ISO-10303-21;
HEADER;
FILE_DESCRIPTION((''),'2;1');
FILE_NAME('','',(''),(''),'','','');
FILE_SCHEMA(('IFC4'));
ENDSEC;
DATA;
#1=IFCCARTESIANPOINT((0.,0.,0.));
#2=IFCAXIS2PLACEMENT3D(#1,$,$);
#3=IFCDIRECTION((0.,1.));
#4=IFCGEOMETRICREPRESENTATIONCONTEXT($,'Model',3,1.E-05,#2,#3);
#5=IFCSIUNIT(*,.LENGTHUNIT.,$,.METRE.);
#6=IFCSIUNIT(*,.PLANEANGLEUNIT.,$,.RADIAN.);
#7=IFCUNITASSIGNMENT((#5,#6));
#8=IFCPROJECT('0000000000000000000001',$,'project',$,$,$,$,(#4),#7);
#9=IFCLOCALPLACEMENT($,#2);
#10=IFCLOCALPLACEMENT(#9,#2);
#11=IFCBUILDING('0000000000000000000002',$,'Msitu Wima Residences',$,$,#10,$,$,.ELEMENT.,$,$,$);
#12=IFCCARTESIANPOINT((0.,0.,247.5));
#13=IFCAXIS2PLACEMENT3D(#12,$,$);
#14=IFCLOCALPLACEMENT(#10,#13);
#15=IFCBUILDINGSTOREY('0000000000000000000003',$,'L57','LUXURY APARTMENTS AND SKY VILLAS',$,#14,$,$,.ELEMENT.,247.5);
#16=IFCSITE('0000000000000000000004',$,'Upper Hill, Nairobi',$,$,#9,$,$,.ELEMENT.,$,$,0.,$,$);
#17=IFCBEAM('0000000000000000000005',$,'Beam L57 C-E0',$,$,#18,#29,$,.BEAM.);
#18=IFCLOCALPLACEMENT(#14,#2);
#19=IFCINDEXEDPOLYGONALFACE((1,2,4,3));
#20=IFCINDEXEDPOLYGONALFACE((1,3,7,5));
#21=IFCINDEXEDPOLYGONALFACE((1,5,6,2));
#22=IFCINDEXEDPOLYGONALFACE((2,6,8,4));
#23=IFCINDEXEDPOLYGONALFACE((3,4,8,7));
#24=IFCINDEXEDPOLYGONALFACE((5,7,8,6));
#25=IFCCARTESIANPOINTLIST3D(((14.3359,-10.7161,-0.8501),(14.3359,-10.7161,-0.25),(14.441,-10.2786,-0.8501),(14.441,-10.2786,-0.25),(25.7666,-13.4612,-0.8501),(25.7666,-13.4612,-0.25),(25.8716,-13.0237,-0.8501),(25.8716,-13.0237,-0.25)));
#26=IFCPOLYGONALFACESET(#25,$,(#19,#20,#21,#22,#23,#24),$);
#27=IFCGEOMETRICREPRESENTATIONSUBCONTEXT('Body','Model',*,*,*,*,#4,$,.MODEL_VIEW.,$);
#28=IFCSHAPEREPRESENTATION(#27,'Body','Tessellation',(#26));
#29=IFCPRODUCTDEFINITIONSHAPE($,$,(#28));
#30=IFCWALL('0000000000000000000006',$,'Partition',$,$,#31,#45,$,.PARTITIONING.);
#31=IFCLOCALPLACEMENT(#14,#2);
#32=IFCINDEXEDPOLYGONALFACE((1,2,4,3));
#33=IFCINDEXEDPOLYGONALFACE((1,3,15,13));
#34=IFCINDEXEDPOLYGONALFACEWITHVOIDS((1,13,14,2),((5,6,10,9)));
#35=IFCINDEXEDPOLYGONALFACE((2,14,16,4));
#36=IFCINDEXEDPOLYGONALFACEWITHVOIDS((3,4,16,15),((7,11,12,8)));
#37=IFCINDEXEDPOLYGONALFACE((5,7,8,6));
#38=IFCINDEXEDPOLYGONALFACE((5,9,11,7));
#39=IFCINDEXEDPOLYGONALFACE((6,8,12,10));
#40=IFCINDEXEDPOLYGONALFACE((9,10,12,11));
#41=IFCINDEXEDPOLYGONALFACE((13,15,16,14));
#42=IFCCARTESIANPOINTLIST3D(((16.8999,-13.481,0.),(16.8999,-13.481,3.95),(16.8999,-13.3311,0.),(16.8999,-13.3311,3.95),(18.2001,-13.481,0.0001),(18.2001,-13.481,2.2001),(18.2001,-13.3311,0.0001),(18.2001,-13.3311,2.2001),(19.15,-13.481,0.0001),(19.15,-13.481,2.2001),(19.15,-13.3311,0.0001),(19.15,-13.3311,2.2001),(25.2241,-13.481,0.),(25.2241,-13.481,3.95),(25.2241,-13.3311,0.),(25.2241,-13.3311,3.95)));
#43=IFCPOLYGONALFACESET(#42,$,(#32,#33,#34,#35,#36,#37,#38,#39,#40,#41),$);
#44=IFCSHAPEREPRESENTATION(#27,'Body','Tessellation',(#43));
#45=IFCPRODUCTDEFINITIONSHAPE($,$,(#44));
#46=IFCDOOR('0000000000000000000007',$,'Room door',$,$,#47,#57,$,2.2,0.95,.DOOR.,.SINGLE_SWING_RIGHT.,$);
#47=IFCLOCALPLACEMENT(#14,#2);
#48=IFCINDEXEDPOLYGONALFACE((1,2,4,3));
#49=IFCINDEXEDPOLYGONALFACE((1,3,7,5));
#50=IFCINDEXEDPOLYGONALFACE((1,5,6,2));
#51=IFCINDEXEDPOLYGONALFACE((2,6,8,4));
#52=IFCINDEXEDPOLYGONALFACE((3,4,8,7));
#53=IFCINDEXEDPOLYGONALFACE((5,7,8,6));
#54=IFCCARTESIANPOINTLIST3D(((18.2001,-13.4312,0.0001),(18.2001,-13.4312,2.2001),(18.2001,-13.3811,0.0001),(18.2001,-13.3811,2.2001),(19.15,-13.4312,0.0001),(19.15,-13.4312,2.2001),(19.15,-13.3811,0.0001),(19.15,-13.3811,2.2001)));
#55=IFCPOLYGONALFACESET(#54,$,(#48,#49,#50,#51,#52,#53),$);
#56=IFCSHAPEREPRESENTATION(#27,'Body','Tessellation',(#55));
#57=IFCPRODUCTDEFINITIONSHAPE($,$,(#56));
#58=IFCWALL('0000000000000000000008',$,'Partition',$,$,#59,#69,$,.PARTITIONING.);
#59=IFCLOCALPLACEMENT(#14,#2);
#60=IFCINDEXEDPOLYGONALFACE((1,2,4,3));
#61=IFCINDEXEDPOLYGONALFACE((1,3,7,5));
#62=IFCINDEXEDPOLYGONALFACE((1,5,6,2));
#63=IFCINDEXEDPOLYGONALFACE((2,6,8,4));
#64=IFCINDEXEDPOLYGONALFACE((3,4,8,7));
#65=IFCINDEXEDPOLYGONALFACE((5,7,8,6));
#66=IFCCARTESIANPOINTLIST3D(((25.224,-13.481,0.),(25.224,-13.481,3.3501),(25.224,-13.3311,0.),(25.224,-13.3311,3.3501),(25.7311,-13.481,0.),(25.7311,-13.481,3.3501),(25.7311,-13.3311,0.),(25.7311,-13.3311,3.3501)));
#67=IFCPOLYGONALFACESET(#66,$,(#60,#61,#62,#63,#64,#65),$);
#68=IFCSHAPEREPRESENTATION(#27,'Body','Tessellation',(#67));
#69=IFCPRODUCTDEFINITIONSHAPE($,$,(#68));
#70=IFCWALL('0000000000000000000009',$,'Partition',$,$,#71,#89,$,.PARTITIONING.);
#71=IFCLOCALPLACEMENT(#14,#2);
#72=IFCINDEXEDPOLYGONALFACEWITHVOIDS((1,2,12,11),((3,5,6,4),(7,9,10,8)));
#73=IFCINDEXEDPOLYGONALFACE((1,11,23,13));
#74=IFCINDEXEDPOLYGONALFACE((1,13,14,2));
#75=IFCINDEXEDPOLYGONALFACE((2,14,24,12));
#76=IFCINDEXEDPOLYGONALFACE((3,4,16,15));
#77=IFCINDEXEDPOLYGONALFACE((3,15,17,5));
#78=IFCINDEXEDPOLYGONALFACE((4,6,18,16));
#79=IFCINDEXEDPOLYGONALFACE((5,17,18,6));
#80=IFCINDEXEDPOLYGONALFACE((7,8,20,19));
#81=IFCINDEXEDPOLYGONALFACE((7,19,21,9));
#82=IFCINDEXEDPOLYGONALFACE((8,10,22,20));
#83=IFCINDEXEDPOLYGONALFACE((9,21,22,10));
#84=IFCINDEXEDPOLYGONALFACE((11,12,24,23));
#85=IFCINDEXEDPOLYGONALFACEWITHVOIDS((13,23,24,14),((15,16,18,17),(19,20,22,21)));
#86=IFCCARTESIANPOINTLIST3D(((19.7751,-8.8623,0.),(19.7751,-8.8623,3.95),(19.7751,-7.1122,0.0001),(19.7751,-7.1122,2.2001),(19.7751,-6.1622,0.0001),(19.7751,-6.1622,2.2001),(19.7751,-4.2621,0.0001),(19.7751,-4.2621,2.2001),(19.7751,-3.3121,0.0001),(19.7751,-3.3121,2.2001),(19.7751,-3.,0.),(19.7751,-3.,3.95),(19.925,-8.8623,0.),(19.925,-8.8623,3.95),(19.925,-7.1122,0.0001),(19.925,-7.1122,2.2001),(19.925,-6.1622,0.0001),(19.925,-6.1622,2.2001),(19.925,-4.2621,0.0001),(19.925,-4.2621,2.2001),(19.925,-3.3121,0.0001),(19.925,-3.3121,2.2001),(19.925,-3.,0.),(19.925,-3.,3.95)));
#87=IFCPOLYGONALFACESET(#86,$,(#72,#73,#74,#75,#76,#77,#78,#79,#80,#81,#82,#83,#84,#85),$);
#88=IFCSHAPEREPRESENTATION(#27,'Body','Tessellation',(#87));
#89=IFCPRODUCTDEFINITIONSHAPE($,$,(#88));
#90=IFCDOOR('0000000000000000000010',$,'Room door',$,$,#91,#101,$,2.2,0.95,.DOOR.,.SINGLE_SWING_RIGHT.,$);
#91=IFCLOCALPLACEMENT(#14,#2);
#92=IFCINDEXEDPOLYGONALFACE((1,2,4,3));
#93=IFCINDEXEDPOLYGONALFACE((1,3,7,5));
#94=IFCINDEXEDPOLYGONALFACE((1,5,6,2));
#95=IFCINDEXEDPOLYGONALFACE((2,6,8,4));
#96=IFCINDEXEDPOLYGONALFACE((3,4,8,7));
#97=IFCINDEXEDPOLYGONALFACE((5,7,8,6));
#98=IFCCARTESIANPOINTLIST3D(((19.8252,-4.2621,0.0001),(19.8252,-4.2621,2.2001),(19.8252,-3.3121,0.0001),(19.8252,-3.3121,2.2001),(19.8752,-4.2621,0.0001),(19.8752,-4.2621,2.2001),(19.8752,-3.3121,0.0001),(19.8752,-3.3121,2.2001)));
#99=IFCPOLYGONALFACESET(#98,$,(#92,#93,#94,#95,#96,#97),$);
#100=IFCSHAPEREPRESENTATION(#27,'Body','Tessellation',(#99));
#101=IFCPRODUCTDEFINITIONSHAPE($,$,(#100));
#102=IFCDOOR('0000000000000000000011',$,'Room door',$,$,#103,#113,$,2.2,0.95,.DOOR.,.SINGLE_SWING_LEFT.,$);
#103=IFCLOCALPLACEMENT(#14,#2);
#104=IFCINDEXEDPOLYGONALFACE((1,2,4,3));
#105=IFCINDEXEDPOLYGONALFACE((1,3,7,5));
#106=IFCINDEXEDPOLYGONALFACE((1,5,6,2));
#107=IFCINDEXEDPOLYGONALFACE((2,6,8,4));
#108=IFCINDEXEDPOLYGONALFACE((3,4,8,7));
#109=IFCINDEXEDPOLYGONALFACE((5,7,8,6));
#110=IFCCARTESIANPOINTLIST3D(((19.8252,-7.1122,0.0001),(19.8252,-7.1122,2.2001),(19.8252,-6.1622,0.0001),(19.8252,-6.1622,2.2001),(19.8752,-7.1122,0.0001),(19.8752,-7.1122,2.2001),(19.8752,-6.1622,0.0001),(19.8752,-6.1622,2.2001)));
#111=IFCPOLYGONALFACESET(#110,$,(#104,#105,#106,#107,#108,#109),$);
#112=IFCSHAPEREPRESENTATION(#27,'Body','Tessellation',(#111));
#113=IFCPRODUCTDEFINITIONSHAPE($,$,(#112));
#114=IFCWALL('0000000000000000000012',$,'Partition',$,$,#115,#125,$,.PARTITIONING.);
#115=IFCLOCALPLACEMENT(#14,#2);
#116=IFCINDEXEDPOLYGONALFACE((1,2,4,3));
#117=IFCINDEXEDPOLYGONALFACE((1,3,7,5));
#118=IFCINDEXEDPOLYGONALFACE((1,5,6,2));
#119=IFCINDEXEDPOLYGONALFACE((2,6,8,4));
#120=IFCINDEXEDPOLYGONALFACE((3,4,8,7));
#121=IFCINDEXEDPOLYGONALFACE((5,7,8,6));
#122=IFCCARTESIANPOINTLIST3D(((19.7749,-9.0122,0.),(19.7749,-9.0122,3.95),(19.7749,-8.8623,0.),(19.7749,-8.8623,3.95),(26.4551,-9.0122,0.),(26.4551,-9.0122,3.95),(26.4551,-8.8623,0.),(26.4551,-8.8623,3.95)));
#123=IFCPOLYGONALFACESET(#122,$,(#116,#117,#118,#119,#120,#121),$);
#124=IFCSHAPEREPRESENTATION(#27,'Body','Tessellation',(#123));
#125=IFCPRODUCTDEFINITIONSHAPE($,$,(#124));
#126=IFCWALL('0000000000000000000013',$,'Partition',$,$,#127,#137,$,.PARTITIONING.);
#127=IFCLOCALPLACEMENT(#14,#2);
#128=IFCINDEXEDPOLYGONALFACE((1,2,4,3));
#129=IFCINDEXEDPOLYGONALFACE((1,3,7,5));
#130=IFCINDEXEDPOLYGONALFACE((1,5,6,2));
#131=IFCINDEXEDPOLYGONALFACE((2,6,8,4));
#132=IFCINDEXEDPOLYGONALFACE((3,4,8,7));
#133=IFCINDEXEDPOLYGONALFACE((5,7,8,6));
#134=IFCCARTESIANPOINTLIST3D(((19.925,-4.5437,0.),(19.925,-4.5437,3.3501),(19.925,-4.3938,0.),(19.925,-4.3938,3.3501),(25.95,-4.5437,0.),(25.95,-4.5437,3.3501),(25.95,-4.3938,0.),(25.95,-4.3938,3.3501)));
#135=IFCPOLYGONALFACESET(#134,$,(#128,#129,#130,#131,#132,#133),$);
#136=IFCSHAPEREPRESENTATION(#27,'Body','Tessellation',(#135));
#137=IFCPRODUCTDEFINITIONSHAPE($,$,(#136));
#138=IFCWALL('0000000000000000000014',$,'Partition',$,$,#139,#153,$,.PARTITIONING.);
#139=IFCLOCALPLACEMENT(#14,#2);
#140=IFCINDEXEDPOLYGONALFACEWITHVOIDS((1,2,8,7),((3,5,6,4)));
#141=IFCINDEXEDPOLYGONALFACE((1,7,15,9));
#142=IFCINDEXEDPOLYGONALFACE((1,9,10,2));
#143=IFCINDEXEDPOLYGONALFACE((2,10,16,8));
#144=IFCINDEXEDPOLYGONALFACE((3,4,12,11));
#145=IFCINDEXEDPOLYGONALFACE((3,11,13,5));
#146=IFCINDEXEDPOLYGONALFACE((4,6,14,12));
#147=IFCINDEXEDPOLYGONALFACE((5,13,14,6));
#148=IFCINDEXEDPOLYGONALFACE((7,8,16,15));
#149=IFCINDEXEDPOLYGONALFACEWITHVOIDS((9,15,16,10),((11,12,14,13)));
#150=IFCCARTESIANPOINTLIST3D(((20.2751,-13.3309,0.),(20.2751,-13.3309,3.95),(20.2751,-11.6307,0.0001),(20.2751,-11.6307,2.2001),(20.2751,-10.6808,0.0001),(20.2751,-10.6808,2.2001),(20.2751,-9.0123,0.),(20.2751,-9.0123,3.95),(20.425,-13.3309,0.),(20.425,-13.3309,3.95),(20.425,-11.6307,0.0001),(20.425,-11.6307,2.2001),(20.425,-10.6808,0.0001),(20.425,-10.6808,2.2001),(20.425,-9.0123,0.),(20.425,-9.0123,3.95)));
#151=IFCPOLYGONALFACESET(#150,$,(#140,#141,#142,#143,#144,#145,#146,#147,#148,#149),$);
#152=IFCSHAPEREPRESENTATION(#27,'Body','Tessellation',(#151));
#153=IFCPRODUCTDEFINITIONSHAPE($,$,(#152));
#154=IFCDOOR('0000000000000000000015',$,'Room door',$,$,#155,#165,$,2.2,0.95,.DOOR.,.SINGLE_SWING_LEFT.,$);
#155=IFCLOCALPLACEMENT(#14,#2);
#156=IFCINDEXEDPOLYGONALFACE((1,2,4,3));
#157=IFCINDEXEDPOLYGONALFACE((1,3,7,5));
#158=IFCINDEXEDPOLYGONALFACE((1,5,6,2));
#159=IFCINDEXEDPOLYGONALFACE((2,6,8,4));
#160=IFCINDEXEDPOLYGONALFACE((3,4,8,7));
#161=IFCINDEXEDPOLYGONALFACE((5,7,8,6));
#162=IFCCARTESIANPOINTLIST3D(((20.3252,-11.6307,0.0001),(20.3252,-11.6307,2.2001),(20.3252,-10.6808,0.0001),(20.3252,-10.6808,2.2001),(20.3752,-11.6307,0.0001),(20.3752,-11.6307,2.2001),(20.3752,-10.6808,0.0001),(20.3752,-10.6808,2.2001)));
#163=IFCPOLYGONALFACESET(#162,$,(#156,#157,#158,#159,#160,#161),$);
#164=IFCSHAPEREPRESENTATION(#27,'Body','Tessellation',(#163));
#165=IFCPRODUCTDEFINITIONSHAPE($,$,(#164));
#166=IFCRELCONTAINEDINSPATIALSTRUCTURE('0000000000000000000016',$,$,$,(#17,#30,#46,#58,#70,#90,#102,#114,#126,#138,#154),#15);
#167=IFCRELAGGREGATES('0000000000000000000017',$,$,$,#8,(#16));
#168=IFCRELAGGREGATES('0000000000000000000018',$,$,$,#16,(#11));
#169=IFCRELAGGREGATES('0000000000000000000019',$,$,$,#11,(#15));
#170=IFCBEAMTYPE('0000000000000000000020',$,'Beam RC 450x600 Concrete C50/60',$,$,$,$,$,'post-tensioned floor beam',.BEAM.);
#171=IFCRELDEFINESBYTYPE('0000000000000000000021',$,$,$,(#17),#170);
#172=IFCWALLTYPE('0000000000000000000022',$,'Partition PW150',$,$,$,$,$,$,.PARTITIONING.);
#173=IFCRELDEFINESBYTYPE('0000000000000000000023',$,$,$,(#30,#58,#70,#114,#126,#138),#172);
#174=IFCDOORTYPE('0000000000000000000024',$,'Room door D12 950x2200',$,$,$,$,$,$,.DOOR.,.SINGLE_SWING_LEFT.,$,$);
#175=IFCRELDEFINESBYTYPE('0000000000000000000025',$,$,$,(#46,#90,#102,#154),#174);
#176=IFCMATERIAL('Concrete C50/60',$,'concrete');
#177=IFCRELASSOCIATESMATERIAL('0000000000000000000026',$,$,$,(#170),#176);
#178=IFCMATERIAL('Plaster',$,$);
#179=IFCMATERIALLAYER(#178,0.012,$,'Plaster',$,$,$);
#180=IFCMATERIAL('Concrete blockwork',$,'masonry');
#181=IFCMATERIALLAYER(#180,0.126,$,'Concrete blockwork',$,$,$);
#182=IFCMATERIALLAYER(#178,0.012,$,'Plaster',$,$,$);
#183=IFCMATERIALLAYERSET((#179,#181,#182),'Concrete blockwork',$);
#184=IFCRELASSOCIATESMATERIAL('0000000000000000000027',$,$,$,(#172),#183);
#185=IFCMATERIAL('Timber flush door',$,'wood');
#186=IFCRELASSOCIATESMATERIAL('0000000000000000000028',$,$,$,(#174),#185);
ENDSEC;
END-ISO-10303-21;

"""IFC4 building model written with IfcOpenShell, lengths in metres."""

from ifc_helpers import new_model, si_unit, direction, frame, frame_2d, origin, origin_2d, place, context, subcontext, project, spatial, rectangle, extrude, material, layer, layer_set, material_profile, profile_set, type_object, element, fill, save


model = new_model("IFC4")

# Units and contexts
model_context = context("Model", 3, precision=1e-05, world=origin(), true_north=direction((0.0, 1.0)))
body_context = subcontext(model_context, "Body", "Model", "MODEL_VIEW")
ifc_project = project(units=[si_unit("LENGTHUNIT", "METRE"), si_unit("PLANEANGLEUNIT", "RADIAN")], contexts=[model_context])

# Site, building, storey
site_placement = place(None, origin())
site = spatial("IfcSite", under=ifc_project, at=site_placement, Name="Upper Hill, Nairobi", CompositionType="ELEMENT", RefElevation=0.0)
building_placement = place(site_placement, origin())
building = spatial("IfcBuilding", under=site, at=building_placement, Name="Msitu Wima Residences", CompositionType="ELEMENT")
storey_placement = place(building_placement, frame((0.0, 0.0, 247.5)))
storey = spatial("IfcBuildingStorey", under=building, at=storey_placement, Name="L57", Description="LUXURY APARTMENTS AND SKY VILLAS", CompositionType="ELEMENT", Elevation=247.5)

# Beam
ifc_material_1 = material(Name="Concrete C50/60", Category="concrete")
ifc_material_profile = material_profile(ifc_material_1, rectangle(XDim=0.45, YDim=0.6001, at=origin_2d()), Name="RC 450x600")
ifc_profile_set = profile_set([ifc_material_profile], Name="Concrete C50/60")
beam_type = type_object("IfcBeamType", Name="Beam RC 450x600 Concrete C50/60", ElementType="post-tensioned floor beam", PredefinedType="BEAM", material=ifc_profile_set)
beam_placement = place(storey_placement, frame((25.8191, -13.2424, -0.55), z_axis=(-0.972353, 0.233514, 0.0), x_axis=(-0.233514, -0.972353, 0.0)))
element("IfcBeam", 1, at=beam_placement, inside=storey, type_object=beam_type, Name="Beam L57 C-E0", PredefinedType="BEAM", context=body_context, shape_type="SweptSolid", body=[
    extrude(rectangle(XDim=0.45, YDim=0.6001, at=origin_2d()), origin(), (0.0, 0.0, 1.0), 11.7556),
])

# Wall, opening, door
ifc_material_2 = material(Name="Plaster")
ifc_layer_1 = layer(ifc_material_2, 0.012, Name="Plaster")
ifc_material_3 = material(Name="Concrete blockwork", Category="masonry")
ifc_layer_2 = layer(ifc_material_3, 0.126, Name="Concrete blockwork")
ifc_layer_3 = layer(ifc_material_2, 0.012, Name="Plaster")
ifc_layer_set_1 = layer_set([ifc_layer_1, ifc_layer_2, ifc_layer_3], Name="Concrete blockwork")
wall_type_1 = type_object("IfcWallType", Name="Partition PW150", PredefinedType="PARTITIONING", material=ifc_layer_set_1)
wall_1_placement = place(storey_placement, frame((16.8999, -13.406, 0.0), z_axis=(0.0, 0.0, 1.0), x_axis=(1.0, 0.0, 0.0)))
wall_1 = element("IfcWall", 2, at=wall_1_placement, inside=storey, type_object=wall_type_1, Name="Partition", PredefinedType="PARTITIONING", context=body_context, shape_type="SweptSolid", body=[
    extrude(rectangle(XDim=8.3242, YDim=0.1499, at=frame_2d((4.1621, 0.0))), origin(), (0.0, 0.0, 1.0), 3.95),
])
opening_1_placement = place(wall_1_placement, frame((1.3, 0.0, 0.0)))
opening_1 = element("IfcOpeningElement", 3, at=opening_1_placement, cuts=wall_1, PredefinedType="OPENING", context=body_context, shape_type="SweptSolid", body=[
    extrude(rectangle(XDim=0.95, YDim=2.2, at=frame_2d((0.4751, 1.1001))), frame((0.0, 0.085, 0.0), z_axis=(0.0, -1.0, 0.0), x_axis=(1.0, 0.0, 0.0)), (0.0, 0.0, 1.0), 0.1699),
])
ifc_material_4 = material(Name="Timber flush door", Category="wood")
door_type_1 = type_object("IfcDoorType", Name="Room door D12 950x2200", OperationType="SINGLE_SWING_LEFT", PredefinedType="DOOR", material=ifc_material_4)
door_1_placement = place(opening_1_placement, origin())
door_1 = element("IfcDoor", 4, at=door_1_placement, inside=storey, type_object=door_type_1, Name="Room door", OperationType="SINGLE_SWING_RIGHT", OverallHeight=2.2, OverallWidth=0.95, PredefinedType="DOOR", context=body_context, shape_type="SweptSolid", body=[
    extrude(rectangle(XDim=0.95, YDim=2.2, at=frame_2d((0.4751, 1.1001))), frame((0.0, 0.0249, 0.0), z_axis=(0.0, -1.0, 0.0), x_axis=(1.0, 0.0, 0.0)), (0.0, 0.0, 1.0), 0.05),
])
fill(opening_1, door_1)

# Wall
wall_2_placement = place(storey_placement, frame((25.2241, -13.406, 0.0), z_axis=(0.0, 0.0, 1.0), x_axis=(1.0, 0.0, 0.0)))
element("IfcWall", 5, at=wall_2_placement, inside=storey, type_object=wall_type_1, Name="Partition", PredefinedType="PARTITIONING", context=body_context, shape_type="SweptSolid", body=[
    extrude(rectangle(XDim=0.5071, YDim=0.1499, at=frame_2d((0.2534, 0.0))), origin(), (0.0, 0.0, 1.0), 3.3501),
])

# Wall, openings, doors
wall_3_placement = place(storey_placement, frame((19.8501, -8.8623, 0.0), z_axis=(0.0, 0.0, 1.0), x_axis=(0.0, 1.0, 0.0)))
wall_3 = element("IfcWall", 6, at=wall_3_placement, inside=storey, type_object=wall_type_1, Name="Partition", PredefinedType="PARTITIONING", context=body_context, shape_type="SweptSolid", body=[
    extrude(rectangle(XDim=5.8623, YDim=0.1499, at=frame_2d((2.9312, 0.0))), origin(), (0.0, 0.0, 1.0), 3.95),
])
opening_2_placement = place(wall_3_placement, frame((4.6001, 0.0, 0.0)))
opening_2 = element("IfcOpeningElement", 7, at=opening_2_placement, cuts=wall_3, PredefinedType="OPENING", context=body_context, shape_type="SweptSolid", body=[
    extrude(rectangle(XDim=0.95, YDim=2.2, at=frame_2d((0.4751, 1.1001))), frame((0.0, 0.085, 0.0), z_axis=(0.0, -1.0, 0.0), x_axis=(1.0, 0.0, 0.0)), (0.0, 0.0, 1.0), 0.1699),
])
opening_3_placement = place(wall_3_placement, frame((1.75, 0.0, 0.0)))
opening_3 = element("IfcOpeningElement", 8, at=opening_3_placement, cuts=wall_3, PredefinedType="OPENING", context=body_context, shape_type="SweptSolid", body=[
    extrude(rectangle(XDim=0.95, YDim=2.2, at=frame_2d((0.4751, 1.1001))), frame((0.0, 0.085, 0.0), z_axis=(0.0, -1.0, 0.0), x_axis=(1.0, 0.0, 0.0)), (0.0, 0.0, 1.0), 0.1699),
])
door_2_placement = place(opening_2_placement, origin())
door_2 = element("IfcDoor", 9, at=door_2_placement, inside=storey, type_object=door_type_1, Name="Room door", OperationType="SINGLE_SWING_RIGHT", OverallHeight=2.2, OverallWidth=0.95, PredefinedType="DOOR", context=body_context, shape_type="SweptSolid", body=[
    extrude(rectangle(XDim=0.95, YDim=2.2, at=frame_2d((0.4751, 1.1001))), frame((0.0, 0.0249, 0.0), z_axis=(0.0, -1.0, 0.0), x_axis=(1.0, 0.0, 0.0)), (0.0, 0.0, 1.0), 0.05),
])
fill(opening_2, door_2)
door_3_placement = place(opening_3_placement, origin())
door_3 = element("IfcDoor", 10, at=door_3_placement, inside=storey, type_object=door_type_1, Name="Room door", OperationType="SINGLE_SWING_LEFT", OverallHeight=2.2, OverallWidth=0.95, PredefinedType="DOOR", context=body_context, shape_type="SweptSolid", body=[
    extrude(rectangle(XDim=0.95, YDim=2.2, at=frame_2d((0.4751, 1.1001))), frame((0.0, 0.0249, 0.0), z_axis=(0.0, -1.0, 0.0), x_axis=(1.0, 0.0, 0.0)), (0.0, 0.0, 1.0), 0.05),
])
fill(opening_3, door_3)

# Walls
wall_4_placement = place(storey_placement, frame((19.7749, -8.9373, 0.0), z_axis=(0.0, 0.0, 1.0), x_axis=(1.0, 0.0, 0.0)))
element("IfcWall", 11, at=wall_4_placement, inside=storey, type_object=wall_type_1, Name="Partition", PredefinedType="PARTITIONING", context=body_context, shape_type="SweptSolid", body=[
    extrude(rectangle(XDim=6.6802, YDim=0.1499, at=frame_2d((3.3401, 0.0))), origin(), (0.0, 0.0, 1.0), 3.95),
])
wall_5_placement = place(storey_placement, frame((19.925, -4.4688, 0.0), z_axis=(0.0, 0.0, 1.0), x_axis=(1.0, 0.0, 0.0)))
element("IfcWall", 12, at=wall_5_placement, inside=storey, type_object=wall_type_1, Name="Partition", PredefinedType="PARTITIONING", context=body_context, shape_type="SweptSolid", body=[
    extrude(rectangle(XDim=6.0249, YDim=0.1499, at=frame_2d((3.0125, 0.0))), origin(), (0.0, 0.0, 1.0), 3.3501),
])

# Wall, opening, door
wall_6_placement = place(storey_placement, frame((20.3501, -13.3308, 0.0), z_axis=(0.0, 0.0, 1.0), x_axis=(0.0, 1.0, 0.0)))
wall_6 = element("IfcWall", 13, at=wall_6_placement, inside=storey, type_object=wall_type_1, Name="Partition", PredefinedType="PARTITIONING", context=body_context, shape_type="SweptSolid", body=[
    extrude(rectangle(XDim=4.3186, YDim=0.1499, at=frame_2d((2.1592, 0.0))), origin(), (0.0, 0.0, 1.0), 3.95),
])
opening_4_placement = place(wall_6_placement, frame((1.7, 0.0, 0.0)))
opening_4 = element("IfcOpeningElement", 14, at=opening_4_placement, cuts=wall_6, PredefinedType="OPENING", context=body_context, shape_type="SweptSolid", body=[
    extrude(rectangle(XDim=0.95, YDim=2.2, at=frame_2d((0.4751, 1.1001))), frame((0.0, 0.085, 0.0), z_axis=(0.0, -1.0, 0.0), x_axis=(1.0, 0.0, 0.0)), (0.0, 0.0, 1.0), 0.1699),
])
door_4_placement = place(opening_4_placement, origin())
door_4 = element("IfcDoor", 15, at=door_4_placement, inside=storey, type_object=door_type_1, Name="Room door", OperationType="SINGLE_SWING_LEFT", OverallHeight=2.2, OverallWidth=0.95, PredefinedType="DOOR", context=body_context, shape_type="SweptSolid", body=[
    extrude(rectangle(XDim=0.95, YDim=2.2, at=frame_2d((0.4751, 1.1001))), frame((0.0, 0.0249, 0.0), z_axis=(0.0, -1.0, 0.0), x_axis=(1.0, 0.0, 0.0)), (0.0, 0.0, 1.0), 0.05),
])
fill(opening_4, door_4)

save(model, "model.ifc")
